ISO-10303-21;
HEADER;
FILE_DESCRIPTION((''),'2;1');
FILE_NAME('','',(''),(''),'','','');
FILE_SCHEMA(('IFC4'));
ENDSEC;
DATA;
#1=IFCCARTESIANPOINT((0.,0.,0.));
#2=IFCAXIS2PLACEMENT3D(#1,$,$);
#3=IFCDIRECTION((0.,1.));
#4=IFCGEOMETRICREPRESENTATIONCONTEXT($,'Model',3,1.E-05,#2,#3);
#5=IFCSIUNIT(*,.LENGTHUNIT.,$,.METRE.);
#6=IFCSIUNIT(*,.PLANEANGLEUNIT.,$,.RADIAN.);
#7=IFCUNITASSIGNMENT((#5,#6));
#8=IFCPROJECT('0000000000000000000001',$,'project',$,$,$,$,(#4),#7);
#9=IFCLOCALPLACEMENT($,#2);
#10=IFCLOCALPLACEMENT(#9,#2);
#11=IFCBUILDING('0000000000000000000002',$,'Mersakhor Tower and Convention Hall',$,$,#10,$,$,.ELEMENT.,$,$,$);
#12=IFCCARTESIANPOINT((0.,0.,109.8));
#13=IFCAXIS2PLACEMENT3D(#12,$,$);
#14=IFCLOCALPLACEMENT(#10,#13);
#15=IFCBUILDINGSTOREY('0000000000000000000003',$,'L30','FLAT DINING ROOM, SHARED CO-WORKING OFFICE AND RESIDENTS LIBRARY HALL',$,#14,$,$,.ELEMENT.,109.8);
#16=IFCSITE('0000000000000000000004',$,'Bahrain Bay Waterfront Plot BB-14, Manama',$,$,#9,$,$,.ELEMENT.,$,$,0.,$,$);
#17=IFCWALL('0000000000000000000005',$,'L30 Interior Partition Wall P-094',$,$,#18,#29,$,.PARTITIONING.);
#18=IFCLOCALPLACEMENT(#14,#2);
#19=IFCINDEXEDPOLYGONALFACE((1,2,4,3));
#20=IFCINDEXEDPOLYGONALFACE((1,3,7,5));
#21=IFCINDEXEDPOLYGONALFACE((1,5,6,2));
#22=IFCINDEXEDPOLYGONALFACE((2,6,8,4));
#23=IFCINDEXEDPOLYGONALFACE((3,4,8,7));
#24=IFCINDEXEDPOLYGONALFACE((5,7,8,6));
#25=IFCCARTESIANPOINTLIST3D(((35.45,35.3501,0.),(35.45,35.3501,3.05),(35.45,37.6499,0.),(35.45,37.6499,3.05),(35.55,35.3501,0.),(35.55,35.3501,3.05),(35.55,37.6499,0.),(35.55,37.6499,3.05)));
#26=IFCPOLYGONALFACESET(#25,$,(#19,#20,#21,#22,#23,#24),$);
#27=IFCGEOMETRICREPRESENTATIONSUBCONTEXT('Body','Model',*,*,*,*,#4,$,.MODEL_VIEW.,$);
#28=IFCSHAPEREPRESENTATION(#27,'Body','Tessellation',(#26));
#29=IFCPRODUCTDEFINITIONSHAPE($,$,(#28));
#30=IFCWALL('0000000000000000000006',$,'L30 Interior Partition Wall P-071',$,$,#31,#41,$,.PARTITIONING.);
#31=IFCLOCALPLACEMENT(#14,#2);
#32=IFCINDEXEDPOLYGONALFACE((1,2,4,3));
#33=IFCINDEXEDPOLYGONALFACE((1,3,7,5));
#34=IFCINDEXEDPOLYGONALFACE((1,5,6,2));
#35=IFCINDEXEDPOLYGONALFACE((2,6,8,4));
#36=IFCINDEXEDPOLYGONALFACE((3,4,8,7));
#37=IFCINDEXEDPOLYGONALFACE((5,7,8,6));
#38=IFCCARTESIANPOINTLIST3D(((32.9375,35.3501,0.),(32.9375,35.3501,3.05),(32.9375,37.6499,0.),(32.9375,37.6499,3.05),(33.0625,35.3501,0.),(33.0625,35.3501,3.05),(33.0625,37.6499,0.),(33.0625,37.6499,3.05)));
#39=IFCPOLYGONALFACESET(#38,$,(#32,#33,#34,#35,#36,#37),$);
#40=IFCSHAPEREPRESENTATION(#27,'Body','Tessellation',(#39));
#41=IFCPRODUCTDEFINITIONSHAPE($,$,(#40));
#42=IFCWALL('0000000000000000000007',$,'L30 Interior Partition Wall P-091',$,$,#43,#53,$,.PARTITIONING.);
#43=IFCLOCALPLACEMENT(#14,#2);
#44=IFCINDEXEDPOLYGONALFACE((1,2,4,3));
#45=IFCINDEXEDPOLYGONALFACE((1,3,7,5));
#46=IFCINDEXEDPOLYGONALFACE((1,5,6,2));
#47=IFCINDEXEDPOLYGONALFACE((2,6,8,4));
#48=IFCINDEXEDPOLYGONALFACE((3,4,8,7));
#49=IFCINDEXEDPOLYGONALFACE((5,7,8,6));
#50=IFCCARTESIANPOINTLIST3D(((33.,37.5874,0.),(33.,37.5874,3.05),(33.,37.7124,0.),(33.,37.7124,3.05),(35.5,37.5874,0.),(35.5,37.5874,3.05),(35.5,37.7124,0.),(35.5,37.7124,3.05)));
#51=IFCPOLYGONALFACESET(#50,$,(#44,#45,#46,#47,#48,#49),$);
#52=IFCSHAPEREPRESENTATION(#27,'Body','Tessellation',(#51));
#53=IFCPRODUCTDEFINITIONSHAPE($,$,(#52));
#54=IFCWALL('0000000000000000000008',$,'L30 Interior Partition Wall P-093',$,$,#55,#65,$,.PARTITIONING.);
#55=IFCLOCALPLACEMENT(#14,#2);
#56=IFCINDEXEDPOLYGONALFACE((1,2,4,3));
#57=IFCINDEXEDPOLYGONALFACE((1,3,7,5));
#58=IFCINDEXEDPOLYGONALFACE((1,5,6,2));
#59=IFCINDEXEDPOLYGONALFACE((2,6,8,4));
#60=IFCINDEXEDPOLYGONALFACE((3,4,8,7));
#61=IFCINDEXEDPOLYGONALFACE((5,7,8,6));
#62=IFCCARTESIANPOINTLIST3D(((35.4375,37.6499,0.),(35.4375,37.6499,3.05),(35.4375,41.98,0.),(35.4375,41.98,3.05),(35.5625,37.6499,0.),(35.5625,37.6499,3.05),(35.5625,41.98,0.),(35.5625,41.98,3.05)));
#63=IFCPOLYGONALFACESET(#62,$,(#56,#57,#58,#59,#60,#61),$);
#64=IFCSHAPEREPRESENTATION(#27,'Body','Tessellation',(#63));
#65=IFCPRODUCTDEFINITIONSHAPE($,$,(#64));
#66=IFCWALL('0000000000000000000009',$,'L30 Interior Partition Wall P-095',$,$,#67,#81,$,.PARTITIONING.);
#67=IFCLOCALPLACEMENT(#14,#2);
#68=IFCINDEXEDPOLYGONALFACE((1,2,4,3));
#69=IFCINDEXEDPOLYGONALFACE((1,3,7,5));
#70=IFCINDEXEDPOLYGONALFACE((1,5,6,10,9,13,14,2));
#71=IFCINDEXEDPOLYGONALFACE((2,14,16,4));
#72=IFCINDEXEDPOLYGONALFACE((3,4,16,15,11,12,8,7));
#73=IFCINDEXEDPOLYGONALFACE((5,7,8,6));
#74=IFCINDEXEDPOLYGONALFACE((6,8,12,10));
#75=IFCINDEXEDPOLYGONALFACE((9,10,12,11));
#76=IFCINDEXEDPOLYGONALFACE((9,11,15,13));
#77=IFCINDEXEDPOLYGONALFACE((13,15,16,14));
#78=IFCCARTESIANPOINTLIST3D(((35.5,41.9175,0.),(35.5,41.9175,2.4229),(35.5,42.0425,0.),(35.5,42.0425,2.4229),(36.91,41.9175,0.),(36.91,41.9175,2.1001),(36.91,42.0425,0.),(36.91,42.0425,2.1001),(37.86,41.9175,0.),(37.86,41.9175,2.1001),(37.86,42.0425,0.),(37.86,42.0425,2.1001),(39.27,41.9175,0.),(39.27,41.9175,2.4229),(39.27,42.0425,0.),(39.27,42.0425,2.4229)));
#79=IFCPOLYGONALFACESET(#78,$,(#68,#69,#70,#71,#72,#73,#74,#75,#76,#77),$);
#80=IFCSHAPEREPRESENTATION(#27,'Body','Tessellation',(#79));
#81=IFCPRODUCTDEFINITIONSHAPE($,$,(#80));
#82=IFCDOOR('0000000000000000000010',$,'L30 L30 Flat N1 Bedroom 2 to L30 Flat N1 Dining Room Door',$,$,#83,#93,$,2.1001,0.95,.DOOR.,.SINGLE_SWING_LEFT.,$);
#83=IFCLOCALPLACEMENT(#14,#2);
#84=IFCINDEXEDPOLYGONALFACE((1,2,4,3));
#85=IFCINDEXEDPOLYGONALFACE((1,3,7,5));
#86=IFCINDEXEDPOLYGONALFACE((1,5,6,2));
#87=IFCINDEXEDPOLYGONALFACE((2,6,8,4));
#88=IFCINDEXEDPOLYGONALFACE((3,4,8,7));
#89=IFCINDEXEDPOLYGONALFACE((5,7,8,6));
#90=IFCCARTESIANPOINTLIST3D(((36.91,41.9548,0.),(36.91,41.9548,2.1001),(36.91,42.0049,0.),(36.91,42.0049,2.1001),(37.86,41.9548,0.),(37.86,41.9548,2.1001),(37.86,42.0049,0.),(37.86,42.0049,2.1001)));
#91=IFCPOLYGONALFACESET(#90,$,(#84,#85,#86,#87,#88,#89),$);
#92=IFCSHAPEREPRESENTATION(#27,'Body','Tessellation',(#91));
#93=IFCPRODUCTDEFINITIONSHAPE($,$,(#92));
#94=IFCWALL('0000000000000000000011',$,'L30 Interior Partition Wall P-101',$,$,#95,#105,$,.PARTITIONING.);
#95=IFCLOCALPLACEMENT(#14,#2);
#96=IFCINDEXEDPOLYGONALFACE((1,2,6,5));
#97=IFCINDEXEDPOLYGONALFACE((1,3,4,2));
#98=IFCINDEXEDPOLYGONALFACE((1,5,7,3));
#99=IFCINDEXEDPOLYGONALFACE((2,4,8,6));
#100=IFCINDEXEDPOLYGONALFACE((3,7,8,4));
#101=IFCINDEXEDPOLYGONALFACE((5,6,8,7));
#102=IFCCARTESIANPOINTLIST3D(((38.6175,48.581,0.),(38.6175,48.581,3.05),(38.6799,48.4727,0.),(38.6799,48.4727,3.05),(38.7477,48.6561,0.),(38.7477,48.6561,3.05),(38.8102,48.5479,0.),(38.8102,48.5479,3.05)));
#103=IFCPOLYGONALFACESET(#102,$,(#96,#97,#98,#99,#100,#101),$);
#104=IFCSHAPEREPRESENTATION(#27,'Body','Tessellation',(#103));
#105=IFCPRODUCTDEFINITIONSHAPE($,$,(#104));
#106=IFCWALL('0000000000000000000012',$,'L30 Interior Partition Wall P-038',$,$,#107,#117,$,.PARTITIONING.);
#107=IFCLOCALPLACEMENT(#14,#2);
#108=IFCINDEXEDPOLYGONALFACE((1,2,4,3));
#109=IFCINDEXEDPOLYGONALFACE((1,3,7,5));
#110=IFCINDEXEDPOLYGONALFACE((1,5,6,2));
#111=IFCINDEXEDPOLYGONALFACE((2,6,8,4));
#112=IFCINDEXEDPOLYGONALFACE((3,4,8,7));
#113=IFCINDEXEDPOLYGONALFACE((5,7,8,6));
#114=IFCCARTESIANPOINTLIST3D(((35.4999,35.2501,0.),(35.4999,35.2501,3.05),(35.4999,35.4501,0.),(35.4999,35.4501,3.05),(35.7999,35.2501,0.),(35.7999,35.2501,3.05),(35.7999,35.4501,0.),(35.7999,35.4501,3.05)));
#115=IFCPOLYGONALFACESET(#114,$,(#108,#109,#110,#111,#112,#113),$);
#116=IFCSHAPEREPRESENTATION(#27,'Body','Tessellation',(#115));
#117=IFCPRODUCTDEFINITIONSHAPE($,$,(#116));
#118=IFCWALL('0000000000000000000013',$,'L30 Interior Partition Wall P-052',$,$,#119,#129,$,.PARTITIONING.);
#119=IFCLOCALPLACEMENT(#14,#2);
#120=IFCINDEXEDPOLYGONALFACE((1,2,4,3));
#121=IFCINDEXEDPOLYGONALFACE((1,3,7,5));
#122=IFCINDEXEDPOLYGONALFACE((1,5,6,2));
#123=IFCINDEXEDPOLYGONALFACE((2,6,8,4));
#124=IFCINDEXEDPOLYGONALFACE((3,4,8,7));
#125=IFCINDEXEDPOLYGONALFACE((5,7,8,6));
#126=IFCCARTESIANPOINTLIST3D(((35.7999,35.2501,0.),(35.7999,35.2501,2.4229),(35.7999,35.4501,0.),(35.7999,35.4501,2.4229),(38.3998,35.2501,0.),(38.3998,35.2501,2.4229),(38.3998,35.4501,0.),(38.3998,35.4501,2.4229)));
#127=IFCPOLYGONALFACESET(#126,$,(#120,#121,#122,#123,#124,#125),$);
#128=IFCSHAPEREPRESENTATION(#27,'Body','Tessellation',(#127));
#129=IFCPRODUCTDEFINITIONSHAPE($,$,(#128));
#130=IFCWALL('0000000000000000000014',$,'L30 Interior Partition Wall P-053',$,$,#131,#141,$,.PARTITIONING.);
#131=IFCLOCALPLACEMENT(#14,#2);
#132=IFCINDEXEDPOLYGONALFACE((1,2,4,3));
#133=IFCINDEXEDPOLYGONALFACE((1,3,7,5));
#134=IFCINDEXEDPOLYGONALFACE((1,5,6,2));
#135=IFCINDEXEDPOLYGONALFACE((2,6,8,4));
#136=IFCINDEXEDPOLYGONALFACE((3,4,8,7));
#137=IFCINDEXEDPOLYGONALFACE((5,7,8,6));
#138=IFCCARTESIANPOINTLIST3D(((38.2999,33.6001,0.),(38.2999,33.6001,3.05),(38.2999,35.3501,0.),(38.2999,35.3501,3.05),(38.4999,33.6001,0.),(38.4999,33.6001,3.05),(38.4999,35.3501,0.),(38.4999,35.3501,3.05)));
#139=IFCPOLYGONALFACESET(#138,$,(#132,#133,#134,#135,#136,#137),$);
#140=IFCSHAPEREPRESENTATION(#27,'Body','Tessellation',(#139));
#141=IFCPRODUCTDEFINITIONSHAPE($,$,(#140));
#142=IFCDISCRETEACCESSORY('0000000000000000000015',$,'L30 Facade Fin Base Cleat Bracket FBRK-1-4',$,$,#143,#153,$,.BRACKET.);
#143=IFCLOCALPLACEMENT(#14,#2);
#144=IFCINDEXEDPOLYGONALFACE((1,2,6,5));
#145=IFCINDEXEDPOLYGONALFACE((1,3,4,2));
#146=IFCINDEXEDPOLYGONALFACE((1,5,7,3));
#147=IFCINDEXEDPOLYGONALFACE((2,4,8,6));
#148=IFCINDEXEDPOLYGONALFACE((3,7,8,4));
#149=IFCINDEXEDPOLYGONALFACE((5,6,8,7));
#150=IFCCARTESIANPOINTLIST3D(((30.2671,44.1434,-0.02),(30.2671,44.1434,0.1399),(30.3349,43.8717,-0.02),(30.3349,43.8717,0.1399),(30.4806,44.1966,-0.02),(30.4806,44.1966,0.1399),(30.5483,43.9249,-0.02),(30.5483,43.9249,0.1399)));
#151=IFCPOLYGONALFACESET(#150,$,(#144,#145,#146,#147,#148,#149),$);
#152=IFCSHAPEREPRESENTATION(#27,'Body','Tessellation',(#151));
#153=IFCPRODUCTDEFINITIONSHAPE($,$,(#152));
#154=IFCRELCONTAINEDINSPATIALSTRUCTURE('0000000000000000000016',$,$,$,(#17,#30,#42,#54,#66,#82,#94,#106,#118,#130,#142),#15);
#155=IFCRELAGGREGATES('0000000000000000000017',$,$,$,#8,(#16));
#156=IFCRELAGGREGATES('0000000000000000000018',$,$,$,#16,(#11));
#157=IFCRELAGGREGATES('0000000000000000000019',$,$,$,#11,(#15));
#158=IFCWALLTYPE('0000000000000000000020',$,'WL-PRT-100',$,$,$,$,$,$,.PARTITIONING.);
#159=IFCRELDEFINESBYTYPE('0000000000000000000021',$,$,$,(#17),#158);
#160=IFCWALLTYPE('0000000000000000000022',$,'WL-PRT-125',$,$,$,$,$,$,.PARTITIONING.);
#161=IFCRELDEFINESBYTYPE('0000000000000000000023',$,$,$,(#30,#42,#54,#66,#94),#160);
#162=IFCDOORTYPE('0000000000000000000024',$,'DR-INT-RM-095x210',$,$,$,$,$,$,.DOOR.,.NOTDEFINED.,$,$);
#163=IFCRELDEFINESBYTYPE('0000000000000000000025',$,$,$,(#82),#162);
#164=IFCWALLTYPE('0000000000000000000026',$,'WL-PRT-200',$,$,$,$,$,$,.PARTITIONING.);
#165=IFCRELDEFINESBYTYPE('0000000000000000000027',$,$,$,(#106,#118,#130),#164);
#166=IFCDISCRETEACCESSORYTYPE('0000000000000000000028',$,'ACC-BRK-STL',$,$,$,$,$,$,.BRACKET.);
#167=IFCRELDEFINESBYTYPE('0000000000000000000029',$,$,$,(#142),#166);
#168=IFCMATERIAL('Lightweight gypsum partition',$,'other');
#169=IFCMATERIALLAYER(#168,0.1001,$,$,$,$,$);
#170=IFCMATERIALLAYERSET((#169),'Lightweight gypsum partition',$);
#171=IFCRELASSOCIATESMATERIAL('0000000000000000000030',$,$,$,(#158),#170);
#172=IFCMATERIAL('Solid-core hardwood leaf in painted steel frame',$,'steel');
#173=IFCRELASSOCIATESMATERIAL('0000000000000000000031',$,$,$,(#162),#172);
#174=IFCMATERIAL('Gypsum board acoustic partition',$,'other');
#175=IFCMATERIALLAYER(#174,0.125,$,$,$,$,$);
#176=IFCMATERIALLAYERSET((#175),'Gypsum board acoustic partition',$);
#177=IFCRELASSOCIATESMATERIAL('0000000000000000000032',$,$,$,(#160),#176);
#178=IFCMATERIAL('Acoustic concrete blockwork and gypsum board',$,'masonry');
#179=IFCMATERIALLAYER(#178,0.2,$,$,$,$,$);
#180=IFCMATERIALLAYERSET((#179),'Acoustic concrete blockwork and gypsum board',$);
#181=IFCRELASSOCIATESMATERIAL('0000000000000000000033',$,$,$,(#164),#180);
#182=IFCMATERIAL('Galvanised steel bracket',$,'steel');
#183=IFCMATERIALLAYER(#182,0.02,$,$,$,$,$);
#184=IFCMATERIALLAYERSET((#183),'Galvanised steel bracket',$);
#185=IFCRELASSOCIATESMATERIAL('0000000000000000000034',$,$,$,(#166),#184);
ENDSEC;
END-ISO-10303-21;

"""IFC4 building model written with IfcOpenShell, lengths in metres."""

from ifc_helpers import new_model, si_unit, direction, frame, frame_2d, origin, origin_2d, place, context, subcontext, project, spatial, rectangle, extrude, material, layer, layer_set, type_object, element, fill, save


model = new_model("IFC4")

# Units and contexts
model_context = context("Model", 3, precision=1e-05, world=origin(), true_north=direction((0.0, 1.0)))
body_context = subcontext(model_context, "Body", "Model", "MODEL_VIEW")
ifc_project = project(units=[si_unit("LENGTHUNIT", "METRE"), si_unit("PLANEANGLEUNIT", "RADIAN")], contexts=[model_context])

# Site, building, storey
site_placement = place(None, origin())
site = spatial("IfcSite", under=ifc_project, at=site_placement, Name="Bahrain Bay Waterfront Plot BB-14, Manama", CompositionType="ELEMENT", RefElevation=0.0)
building_placement = place(site_placement, origin())
building = spatial("IfcBuilding", under=site, at=building_placement, Name="Mersakhor Tower and Convention Hall", CompositionType="ELEMENT")
storey_placement = place(building_placement, frame((0.0, 0.0, 109.8)))
storey = spatial("IfcBuildingStorey", under=building, at=storey_placement, Name="L30", Description="FLAT DINING ROOM, SHARED CO-WORKING OFFICE AND RESIDENTS LIBRARY HALL", CompositionType="ELEMENT", Elevation=109.8)

# Shared definitions
ifc_material_1 = material(Name="Lightweight gypsum partition", Category="other")
ifc_layer_1 = layer(ifc_material_1, 0.1001)
ifc_layer_set_1 = layer_set([ifc_layer_1], Name="Lightweight gypsum partition")
wall_type_1 = type_object("IfcWallType", Name="WL-PRT-100", PredefinedType="PARTITIONING", material=ifc_layer_set_1)
ifc_material_2 = material(Name="Solid-core hardwood leaf in painted steel frame", Category="steel")
door_type_1 = type_object("IfcDoorType", Name="DR-INT-RM-095x210", OperationType="NOTDEFINED", PredefinedType="DOOR", material=ifc_material_2)

# Walls
wall_1_placement = place(storey_placement, frame((35.5, 35.3501, 0.0), z_axis=(0.0, 0.0, 1.0), x_axis=(0.0, 1.0, 0.0)))
element("IfcWall", 1, at=wall_1_placement, inside=storey, type_object=wall_type_1, Name="L30 Interior Partition Wall P-094", PredefinedType="PARTITIONING", context=body_context, shape_type="SweptSolid", body=[
    extrude(rectangle(XDim=2.2998, YDim=0.1001, at=frame_2d((1.1499, 0.0))), origin(), (0.0, 0.0, 1.0), 3.05),
])
ifc_material_3 = material(Name="Gypsum board acoustic partition", Category="other")
ifc_layer_2 = layer(ifc_material_3, 0.125)
ifc_layer_set_2 = layer_set([ifc_layer_2], Name="Gypsum board acoustic partition")
wall_type_2 = type_object("IfcWallType", Name="WL-PRT-125", PredefinedType="PARTITIONING", material=ifc_layer_set_2)
wall_2_placement = place(storey_placement, frame((33.0, 37.6499, 0.0), z_axis=(0.0, 0.0, 1.0), x_axis=(0.0, -1.0, 0.0)))
element("IfcWall", 2, at=wall_2_placement, inside=storey, type_object=wall_type_2, Name="L30 Interior Partition Wall P-071", PredefinedType="PARTITIONING", context=body_context, shape_type="SweptSolid", body=[
    extrude(rectangle(XDim=2.2998, YDim=0.125, at=frame_2d((1.1499, 0.0))), origin(), (0.0, 0.0, 1.0), 3.05),
])
wall_3_placement = place(storey_placement, frame((35.5, 37.6499, 0.0), z_axis=(0.0, 0.0, 1.0), x_axis=(-1.0, 0.0, 0.0)))
element("IfcWall", 3, at=wall_3_placement, inside=storey, type_object=wall_type_2, Name="L30 Interior Partition Wall P-091", PredefinedType="PARTITIONING", context=body_context, shape_type="SweptSolid", body=[
    extrude(rectangle(XDim=2.5, YDim=0.125, at=frame_2d((1.25, 0.0))), origin(), (0.0, 0.0, 1.0), 3.05),
])
wall_4_placement = place(storey_placement, frame((35.5, 41.98, 0.0), z_axis=(0.0, 0.0, 1.0), x_axis=(0.0, -1.0, 0.0)))
element("IfcWall", 4, at=wall_4_placement, inside=storey, type_object=wall_type_2, Name="L30 Interior Partition Wall P-093", PredefinedType="PARTITIONING", context=body_context, shape_type="SweptSolid", body=[
    extrude(rectangle(XDim=4.3301, YDim=0.125, at=frame_2d((2.165, 0.0))), origin(), (0.0, 0.0, 1.0), 3.05),
])

# Wall, opening, door
wall_5_placement = place(storey_placement, frame((35.5, 41.98, 0.0), z_axis=(0.0, 0.0, 1.0), x_axis=(1.0, 0.0, 0.0)))
wall_5 = element("IfcWall", 5, at=wall_5_placement, inside=storey, type_object=wall_type_2, Name="L30 Interior Partition Wall P-095", PredefinedType="PARTITIONING", context=body_context, shape_type="SweptSolid", body=[
    extrude(rectangle(XDim=3.77, YDim=0.125, at=frame_2d((1.885, 0.0))), origin(), (0.0, 0.0, 1.0), 2.4229),
])
opening_1_placement = place(wall_5_placement, frame((1.4099, 0.0, 0.0)))
opening_1 = element("IfcOpeningElement", 6, at=opening_1_placement, cuts=wall_5, PredefinedType="OPENING", context=body_context, shape_type="SweptSolid", body=[
    extrude(rectangle(XDim=0.95, YDim=2.1001, at=frame_2d((0.4751, 1.05))), frame((0.0, 0.0725, 0.0), z_axis=(0.0, -1.0, 0.0), x_axis=(1.0, 0.0, 0.0)), (0.0, 0.0, 1.0), 0.145),
])
door_1_placement = place(opening_1_placement, origin())
door_1 = element("IfcDoor", 7, at=door_1_placement, inside=storey, type_object=door_type_1, Name="L30 L30 Flat N1 Bedroom 2 to L30 Flat N1 Dining Room Door", OperationType="SINGLE_SWING_LEFT", OverallHeight=2.1001, OverallWidth=0.95, PredefinedType="DOOR", context=body_context, shape_type="SweptSolid", body=[
    extrude(rectangle(XDim=0.95, YDim=2.1001, at=frame_2d((0.4751, 1.05))), frame((0.0, 0.0249, 0.0), z_axis=(0.0, -1.0, 0.0), x_axis=(1.0, 0.0, 0.0)), (0.0, 0.0, 1.0), 0.05),
])
fill(opening_1, door_1)

# Walls
wall_6_placement = place(storey_placement, frame((38.6487, 48.5269, 0.0), z_axis=(0.0, 0.0, 1.0), x_axis=(0.86624, 0.499629, 0.0)))
element("IfcWall", 8, at=wall_6_placement, inside=storey, type_object=wall_type_2, Name="L30 Interior Partition Wall P-101", PredefinedType="PARTITIONING", context=body_context, shape_type="SweptSolid", body=[
    extrude(rectangle(XDim=0.1504, YDim=0.125, at=frame_2d((0.0752, 0.0))), origin(), (0.0, 0.0, 1.0), 3.05),
])
ifc_material_4 = material(Name="Acoustic concrete blockwork and gypsum board", Category="masonry")
ifc_layer_3 = layer(ifc_material_4, 0.2)
ifc_layer_set_3 = layer_set([ifc_layer_3], Name="Acoustic concrete blockwork and gypsum board")
wall_type_3 = type_object("IfcWallType", Name="WL-PRT-200", PredefinedType="PARTITIONING", material=ifc_layer_set_3)
wall_7_placement = place(storey_placement, frame((35.5, 35.3501, 0.0), z_axis=(0.0, 0.0, 1.0), x_axis=(1.0, 0.0, 0.0)))
element("IfcWall", 9, at=wall_7_placement, inside=storey, type_object=wall_type_3, Name="L30 Interior Partition Wall P-038", PredefinedType="PARTITIONING", context=body_context, shape_type="SweptSolid", body=[
    extrude(rectangle(XDim=0.3, YDim=0.2, at=frame_2d((0.1499, 0.0))), origin(), (0.0, 0.0, 1.0), 3.05),
])

# Walls
wall_8_placement = place(storey_placement, frame((35.8, 35.3501, 0.0), z_axis=(0.0, 0.0, 1.0), x_axis=(1.0, 0.0, 0.0)))
element("IfcWall", 10, at=wall_8_placement, inside=storey, type_object=wall_type_3, Name="L30 Interior Partition Wall P-052", PredefinedType="PARTITIONING", context=body_context, shape_type="SweptSolid", body=[
    extrude(rectangle(XDim=2.5999, YDim=0.2, at=frame_2d((1.2998, 0.0))), origin(), (0.0, 0.0, 1.0), 2.4229),
])
wall_9_placement = place(storey_placement, frame((38.3999, 35.3501, 0.0), z_axis=(0.0, 0.0, 1.0), x_axis=(0.0, -1.0, 0.0)))
element("IfcWall", 11, at=wall_9_placement, inside=storey, type_object=wall_type_3, Name="L30 Interior Partition Wall P-053", PredefinedType="PARTITIONING", context=body_context, shape_type="SweptSolid", body=[
    extrude(rectangle(XDim=1.75, YDim=0.2, at=frame_2d((0.875, 0.0))), origin(), (0.0, 0.0, 1.0), 3.05),
])

# Discrete accessory
ifc_material_5 = material(Name="Galvanised steel bracket", Category="steel")
ifc_layer_4 = layer(ifc_material_5, 0.02)
ifc_layer_set_4 = layer_set([ifc_layer_4], Name="Galvanised steel bracket")
discrete_accessory_type = type_object("IfcDiscreteAccessoryType", Name="ACC-BRK-STL", PredefinedType="BRACKET", material=ifc_layer_set_4)
discrete_accessory_placement = place(storey_placement, frame((30.4077, 44.0342, -0.02), z_axis=(0.0, 0.0, 1.0), x_axis=(-0.241922, 0.970296, 0.0)))
element("IfcDiscreteAccessory", 12, at=discrete_accessory_placement, inside=storey, type_object=discrete_accessory_type, Name="L30 Facade Fin Base Cleat Bracket FBRK-1-4", PredefinedType="BRACKET", context=body_context, shape_type="SweptSolid", body=[
    extrude(rectangle(XDim=0.28, YDim=0.22, at=origin_2d()), origin(), (0.0, 0.0, 1.0), 0.1599),
])

save(model, "model.ifc")
